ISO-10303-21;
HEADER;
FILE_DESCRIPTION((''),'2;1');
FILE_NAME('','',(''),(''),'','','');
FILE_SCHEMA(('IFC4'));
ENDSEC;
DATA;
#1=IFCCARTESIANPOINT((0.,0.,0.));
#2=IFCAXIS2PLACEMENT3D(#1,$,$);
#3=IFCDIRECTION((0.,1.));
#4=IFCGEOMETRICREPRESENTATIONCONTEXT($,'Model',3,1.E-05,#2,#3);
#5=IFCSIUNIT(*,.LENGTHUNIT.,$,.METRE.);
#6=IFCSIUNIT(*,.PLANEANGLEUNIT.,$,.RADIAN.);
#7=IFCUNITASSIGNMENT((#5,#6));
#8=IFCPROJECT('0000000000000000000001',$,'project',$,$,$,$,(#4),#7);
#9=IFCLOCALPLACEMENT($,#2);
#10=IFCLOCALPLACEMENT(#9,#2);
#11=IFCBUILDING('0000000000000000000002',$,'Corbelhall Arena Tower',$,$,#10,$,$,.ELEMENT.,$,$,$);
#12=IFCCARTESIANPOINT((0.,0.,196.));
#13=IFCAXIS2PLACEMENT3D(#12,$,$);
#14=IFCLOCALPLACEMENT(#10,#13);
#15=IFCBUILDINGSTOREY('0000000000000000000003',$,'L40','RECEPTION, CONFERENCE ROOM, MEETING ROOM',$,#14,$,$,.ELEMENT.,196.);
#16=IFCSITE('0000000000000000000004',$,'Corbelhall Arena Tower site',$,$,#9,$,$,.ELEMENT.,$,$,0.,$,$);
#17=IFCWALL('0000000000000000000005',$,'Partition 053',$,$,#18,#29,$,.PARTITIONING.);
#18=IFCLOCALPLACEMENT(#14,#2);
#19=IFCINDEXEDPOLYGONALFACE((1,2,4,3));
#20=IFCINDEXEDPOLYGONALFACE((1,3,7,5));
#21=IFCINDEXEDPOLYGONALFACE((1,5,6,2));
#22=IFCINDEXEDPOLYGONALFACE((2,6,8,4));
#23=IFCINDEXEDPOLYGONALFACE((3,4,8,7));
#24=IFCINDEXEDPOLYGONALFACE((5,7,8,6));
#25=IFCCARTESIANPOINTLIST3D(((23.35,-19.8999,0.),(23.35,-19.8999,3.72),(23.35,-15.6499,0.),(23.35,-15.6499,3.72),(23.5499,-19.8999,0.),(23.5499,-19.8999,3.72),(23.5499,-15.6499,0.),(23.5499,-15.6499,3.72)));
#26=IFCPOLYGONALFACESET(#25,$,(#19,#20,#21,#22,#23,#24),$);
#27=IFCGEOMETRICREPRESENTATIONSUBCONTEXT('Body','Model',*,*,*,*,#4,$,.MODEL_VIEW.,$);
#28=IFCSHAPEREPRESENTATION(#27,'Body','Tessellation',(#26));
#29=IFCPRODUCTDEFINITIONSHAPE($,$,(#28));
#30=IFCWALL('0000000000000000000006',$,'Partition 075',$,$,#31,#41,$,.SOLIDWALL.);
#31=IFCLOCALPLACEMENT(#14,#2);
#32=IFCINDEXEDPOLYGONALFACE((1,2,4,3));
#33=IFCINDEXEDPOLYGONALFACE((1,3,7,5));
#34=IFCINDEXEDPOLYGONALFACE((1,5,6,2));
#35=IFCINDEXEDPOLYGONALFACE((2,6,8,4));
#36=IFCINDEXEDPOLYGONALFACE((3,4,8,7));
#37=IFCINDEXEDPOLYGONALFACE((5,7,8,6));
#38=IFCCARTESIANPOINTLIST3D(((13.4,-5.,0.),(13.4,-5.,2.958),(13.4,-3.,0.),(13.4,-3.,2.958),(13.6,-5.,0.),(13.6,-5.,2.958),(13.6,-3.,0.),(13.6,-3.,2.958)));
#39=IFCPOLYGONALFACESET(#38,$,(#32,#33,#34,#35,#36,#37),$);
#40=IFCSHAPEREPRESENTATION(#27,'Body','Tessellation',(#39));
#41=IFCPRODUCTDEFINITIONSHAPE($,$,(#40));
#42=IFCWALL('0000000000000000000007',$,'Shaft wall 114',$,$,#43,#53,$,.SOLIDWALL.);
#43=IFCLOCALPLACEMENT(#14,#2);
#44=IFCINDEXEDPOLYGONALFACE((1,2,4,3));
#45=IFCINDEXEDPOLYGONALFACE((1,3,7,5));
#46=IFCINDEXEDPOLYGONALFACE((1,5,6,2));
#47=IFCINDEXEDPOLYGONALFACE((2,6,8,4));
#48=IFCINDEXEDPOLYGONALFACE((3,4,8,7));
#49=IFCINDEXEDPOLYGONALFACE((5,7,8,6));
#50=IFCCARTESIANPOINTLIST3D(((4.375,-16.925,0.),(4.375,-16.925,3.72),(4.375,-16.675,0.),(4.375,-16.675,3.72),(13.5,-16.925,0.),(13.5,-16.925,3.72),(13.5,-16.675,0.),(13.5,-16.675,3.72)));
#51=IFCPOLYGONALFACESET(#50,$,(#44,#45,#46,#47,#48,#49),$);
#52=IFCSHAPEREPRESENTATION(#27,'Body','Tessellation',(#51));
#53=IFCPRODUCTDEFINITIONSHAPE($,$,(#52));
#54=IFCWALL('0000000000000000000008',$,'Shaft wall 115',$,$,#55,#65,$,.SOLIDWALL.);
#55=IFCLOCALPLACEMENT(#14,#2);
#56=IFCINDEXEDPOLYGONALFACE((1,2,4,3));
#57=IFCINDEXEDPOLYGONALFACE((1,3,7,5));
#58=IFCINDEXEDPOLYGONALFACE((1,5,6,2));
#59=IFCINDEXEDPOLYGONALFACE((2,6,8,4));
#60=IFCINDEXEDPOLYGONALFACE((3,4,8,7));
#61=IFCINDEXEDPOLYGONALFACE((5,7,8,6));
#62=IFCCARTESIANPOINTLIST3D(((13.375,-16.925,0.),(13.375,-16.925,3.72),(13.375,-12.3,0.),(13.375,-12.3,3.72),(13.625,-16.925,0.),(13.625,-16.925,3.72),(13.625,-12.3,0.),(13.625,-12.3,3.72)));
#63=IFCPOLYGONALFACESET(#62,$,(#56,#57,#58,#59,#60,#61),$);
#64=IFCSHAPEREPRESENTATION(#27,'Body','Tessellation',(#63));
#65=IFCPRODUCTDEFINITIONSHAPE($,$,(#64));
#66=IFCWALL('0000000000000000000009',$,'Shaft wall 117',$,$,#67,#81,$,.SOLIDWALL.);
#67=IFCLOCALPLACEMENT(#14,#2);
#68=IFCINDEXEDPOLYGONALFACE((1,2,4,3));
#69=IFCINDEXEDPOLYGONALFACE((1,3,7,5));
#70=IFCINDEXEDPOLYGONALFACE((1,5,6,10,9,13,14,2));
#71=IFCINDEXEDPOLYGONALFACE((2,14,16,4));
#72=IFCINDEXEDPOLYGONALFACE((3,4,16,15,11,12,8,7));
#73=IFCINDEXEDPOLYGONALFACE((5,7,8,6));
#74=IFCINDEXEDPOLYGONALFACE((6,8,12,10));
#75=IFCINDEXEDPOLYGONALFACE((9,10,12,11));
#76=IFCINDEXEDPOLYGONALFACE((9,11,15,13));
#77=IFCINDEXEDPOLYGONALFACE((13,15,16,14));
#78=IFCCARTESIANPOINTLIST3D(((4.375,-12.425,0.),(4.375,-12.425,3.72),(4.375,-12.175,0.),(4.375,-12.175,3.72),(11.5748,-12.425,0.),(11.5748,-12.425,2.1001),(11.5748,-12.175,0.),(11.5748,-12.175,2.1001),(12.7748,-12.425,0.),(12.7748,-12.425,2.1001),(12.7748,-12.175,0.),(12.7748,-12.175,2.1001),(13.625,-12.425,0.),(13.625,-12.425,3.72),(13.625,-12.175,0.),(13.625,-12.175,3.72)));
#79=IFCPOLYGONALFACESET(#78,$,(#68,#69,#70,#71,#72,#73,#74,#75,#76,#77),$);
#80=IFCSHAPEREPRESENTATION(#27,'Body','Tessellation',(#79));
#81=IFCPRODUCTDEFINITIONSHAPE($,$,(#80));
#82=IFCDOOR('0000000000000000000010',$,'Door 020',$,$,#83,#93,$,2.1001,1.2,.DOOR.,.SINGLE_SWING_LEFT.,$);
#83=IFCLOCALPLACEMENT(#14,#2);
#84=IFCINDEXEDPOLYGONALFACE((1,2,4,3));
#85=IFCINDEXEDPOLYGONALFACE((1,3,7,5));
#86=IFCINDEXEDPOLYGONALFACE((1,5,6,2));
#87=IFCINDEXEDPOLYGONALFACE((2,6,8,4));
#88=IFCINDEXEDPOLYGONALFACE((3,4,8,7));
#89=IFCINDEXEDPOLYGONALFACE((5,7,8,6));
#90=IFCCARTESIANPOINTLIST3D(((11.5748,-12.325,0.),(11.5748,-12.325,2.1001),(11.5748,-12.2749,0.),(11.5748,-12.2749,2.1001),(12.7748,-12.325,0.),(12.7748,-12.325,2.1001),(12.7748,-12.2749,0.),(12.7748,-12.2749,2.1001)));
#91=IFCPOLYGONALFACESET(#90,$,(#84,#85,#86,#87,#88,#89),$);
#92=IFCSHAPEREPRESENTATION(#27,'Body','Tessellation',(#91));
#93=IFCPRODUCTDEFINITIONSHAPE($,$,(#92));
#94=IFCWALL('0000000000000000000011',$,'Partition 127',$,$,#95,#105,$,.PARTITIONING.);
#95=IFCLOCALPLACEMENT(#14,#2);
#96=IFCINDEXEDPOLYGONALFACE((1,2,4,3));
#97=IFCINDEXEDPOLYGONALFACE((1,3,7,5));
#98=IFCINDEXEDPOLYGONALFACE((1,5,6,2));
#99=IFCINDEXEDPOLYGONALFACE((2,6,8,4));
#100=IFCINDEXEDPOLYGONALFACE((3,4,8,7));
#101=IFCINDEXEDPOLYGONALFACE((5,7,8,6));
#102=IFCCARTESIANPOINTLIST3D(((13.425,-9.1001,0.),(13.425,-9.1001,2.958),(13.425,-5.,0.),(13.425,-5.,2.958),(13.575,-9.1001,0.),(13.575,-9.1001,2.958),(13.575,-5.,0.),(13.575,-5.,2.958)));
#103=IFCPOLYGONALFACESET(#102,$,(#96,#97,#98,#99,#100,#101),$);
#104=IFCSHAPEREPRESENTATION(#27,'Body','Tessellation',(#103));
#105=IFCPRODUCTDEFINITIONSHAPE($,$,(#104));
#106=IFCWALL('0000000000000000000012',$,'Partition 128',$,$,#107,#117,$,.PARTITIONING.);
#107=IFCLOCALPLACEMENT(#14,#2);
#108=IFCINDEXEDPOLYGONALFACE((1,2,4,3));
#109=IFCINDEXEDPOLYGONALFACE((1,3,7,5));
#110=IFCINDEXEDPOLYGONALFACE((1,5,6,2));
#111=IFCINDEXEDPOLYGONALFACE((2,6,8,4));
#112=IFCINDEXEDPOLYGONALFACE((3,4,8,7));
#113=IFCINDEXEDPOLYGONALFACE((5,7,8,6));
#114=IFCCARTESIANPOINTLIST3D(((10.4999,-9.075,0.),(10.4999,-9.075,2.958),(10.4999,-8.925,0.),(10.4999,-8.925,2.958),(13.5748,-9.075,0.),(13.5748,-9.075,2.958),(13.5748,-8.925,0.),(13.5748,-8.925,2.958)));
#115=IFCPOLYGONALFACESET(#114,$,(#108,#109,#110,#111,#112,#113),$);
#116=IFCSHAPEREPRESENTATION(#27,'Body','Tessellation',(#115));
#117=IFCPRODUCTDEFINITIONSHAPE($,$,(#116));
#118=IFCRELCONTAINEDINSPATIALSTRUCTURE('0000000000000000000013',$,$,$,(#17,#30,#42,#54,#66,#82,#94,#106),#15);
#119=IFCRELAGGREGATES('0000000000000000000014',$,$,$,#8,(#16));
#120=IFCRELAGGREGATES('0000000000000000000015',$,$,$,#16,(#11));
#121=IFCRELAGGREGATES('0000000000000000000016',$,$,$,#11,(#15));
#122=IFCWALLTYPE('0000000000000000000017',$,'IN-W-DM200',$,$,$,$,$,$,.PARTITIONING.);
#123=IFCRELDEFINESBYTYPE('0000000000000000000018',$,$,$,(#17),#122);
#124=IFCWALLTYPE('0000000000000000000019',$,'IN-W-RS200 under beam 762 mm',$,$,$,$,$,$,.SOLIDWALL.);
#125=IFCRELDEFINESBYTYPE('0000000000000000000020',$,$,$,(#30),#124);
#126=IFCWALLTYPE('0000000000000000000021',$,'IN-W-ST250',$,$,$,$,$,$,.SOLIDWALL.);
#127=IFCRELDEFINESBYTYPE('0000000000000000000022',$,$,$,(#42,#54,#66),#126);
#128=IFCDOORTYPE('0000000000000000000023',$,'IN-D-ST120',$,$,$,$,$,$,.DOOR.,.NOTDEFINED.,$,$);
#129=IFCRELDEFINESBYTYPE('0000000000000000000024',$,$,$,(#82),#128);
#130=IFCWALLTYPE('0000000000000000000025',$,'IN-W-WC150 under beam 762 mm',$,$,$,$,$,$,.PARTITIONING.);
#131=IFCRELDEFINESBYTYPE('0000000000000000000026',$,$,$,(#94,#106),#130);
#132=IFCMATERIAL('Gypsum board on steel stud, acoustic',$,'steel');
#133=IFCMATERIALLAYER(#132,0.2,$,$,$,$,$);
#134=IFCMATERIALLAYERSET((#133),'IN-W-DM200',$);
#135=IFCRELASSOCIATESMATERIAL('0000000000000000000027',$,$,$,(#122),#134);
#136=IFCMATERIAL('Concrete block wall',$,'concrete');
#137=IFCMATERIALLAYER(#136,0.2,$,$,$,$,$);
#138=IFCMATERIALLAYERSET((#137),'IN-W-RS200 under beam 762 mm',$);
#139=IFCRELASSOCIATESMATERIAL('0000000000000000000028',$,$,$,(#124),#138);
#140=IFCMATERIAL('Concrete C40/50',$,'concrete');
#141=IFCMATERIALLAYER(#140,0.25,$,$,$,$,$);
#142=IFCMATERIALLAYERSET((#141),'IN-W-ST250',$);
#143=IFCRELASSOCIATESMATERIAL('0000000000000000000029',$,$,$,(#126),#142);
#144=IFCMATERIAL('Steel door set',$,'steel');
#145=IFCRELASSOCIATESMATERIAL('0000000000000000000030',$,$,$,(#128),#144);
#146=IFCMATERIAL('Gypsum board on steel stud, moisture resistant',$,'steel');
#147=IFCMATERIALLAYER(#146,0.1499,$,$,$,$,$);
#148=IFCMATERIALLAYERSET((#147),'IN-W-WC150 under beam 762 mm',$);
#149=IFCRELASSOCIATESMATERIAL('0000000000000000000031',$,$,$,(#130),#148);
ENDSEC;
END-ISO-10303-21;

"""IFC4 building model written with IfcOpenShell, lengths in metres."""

from ifc_helpers import new_model, si_unit, direction, frame, frame_2d, origin, place, context, subcontext, project, spatial, rectangle, extrude, material, layer, layer_set, type_object, element, fill, save


model = new_model("IFC4")

# Units and contexts
model_context = context("Model", 3, precision=1e-05, world=origin(), true_north=direction((0.0, 1.0)))
body_context = subcontext(model_context, "Body", "Model", "MODEL_VIEW")
ifc_project = project(units=[si_unit("LENGTHUNIT", "METRE"), si_unit("PLANEANGLEUNIT", "RADIAN")], contexts=[model_context])

# Site, building, storey
site_placement = place(None, origin())
site = spatial("IfcSite", under=ifc_project, at=site_placement, Name="Corbelhall Arena Tower site", CompositionType="ELEMENT", RefElevation=0.0)
building_placement = place(site_placement, origin())
building = spatial("IfcBuilding", under=site, at=building_placement, Name="Corbelhall Arena Tower", CompositionType="ELEMENT")
storey_placement = place(building_placement, frame((0.0, 0.0, 196.0)))
storey = spatial("IfcBuildingStorey", under=building, at=storey_placement, Name="L40", Description="RECEPTION, CONFERENCE ROOM, MEETING ROOM", CompositionType="ELEMENT", Elevation=196.0)

# Shared definitions
ifc_material_1 = material(Name="Gypsum board on steel stud, acoustic", Category="steel")
ifc_layer_1 = layer(ifc_material_1, 0.2)
ifc_layer_set_1 = layer_set([ifc_layer_1], Name="IN-W-DM200")
wall_type_1 = type_object("IfcWallType", Name="IN-W-DM200", PredefinedType="PARTITIONING", material=ifc_layer_set_1)

# Shared definitions
ifc_material_2 = material(Name="Steel door set", Category="steel")

# Walls
wall_1_placement = place(storey_placement, frame((23.45, -15.6499, 0.0), z_axis=(0.0, 0.0, 1.0), x_axis=(0.0, -1.0, 0.0)))
element("IfcWall", 1, at=wall_1_placement, inside=storey, type_object=wall_type_1, Name="Partition 053", PredefinedType="PARTITIONING", context=body_context, shape_type="SweptSolid", body=[
    extrude(rectangle(XDim=4.25, YDim=0.2, at=frame_2d((2.125, 0.0))), origin(), (0.0, 0.0, 1.0), 3.72),
])
ifc_material_3 = material(Name="Concrete block wall", Category="concrete")
ifc_layer_2 = layer(ifc_material_3, 0.2)
ifc_layer_set_2 = layer_set([ifc_layer_2], Name="IN-W-RS200 under beam 762 mm")
wall_type_2 = type_object("IfcWallType", Name="IN-W-RS200 under beam 762 mm", PredefinedType="SOLIDWALL", material=ifc_layer_set_2)
wall_2_placement = place(storey_placement, frame((13.5, -3.0, 0.0), z_axis=(0.0, 0.0, 1.0), x_axis=(0.0, -1.0, 0.0)))
element("IfcWall", 2, at=wall_2_placement, inside=storey, type_object=wall_type_2, Name="Partition 075", PredefinedType="SOLIDWALL", context=body_context, shape_type="SweptSolid", body=[
    extrude(rectangle(XDim=2.0, YDim=0.2, at=frame_2d((1.0, 0.0))), origin(), (0.0, 0.0, 1.0), 2.958),
])
ifc_material_4 = material(Name="Concrete C40/50", Category="concrete")
ifc_layer_3 = layer(ifc_material_4, 0.25)
ifc_layer_set_3 = layer_set([ifc_layer_3], Name="IN-W-ST250")
wall_type_3 = type_object("IfcWallType", Name="IN-W-ST250", PredefinedType="SOLIDWALL", material=ifc_layer_set_3)
wall_3_placement = place(storey_placement, frame((13.5, -16.8, 0.0), z_axis=(0.0, 0.0, 1.0), x_axis=(-1.0, 0.0, 0.0)))
element("IfcWall", 3, at=wall_3_placement, inside=storey, type_object=wall_type_3, Name="Shaft wall 114", PredefinedType="SOLIDWALL", context=body_context, shape_type="SweptSolid", body=[
    extrude(rectangle(XDim=9.125, YDim=0.25, at=frame_2d((4.5625, 0.0))), origin(), (0.0, 0.0, 1.0), 3.72),
])
wall_4_placement = place(storey_placement, frame((13.5, -12.3, 0.0), z_axis=(0.0, 0.0, 1.0), x_axis=(0.0, -1.0, 0.0)))
element("IfcWall", 4, at=wall_4_placement, inside=storey, type_object=wall_type_3, Name="Shaft wall 115", PredefinedType="SOLIDWALL", context=body_context, shape_type="SweptSolid", body=[
    extrude(rectangle(XDim=4.625, YDim=0.25, at=frame_2d((2.3125, 0.0))), origin(), (0.0, 0.0, 1.0), 3.72),
])

# Wall, opening, door
wall_5_placement = place(storey_placement, frame((13.625, -12.3, 0.0), z_axis=(0.0, 0.0, 1.0), x_axis=(-1.0, 0.0, 0.0)))
wall_5 = element("IfcWall", 5, at=wall_5_placement, inside=storey, type_object=wall_type_3, Name="Shaft wall 117", PredefinedType="SOLIDWALL", context=body_context, shape_type="SweptSolid", body=[
    extrude(rectangle(XDim=9.25, YDim=0.25, at=frame_2d((4.625, 0.0))), origin(), (0.0, 0.0, 1.0), 3.72),
])
opening_1_placement = place(wall_5_placement, frame((0.8501, 0.0, 0.0)))
opening_1 = element("IfcOpeningElement", 6, at=opening_1_placement, cuts=wall_5, PredefinedType="OPENING", context=body_context, shape_type="SweptSolid", body=[
    extrude(rectangle(XDim=1.2, YDim=2.1001, at=frame_2d((0.6001, 1.05))), frame((0.0, 0.125, 0.0), z_axis=(0.0, -1.0, 0.0), x_axis=(1.0, 0.0, 0.0)), (0.0, 0.0, 1.0), 0.25),
])
door_type_1 = type_object("IfcDoorType", Name="IN-D-ST120", OperationType="NOTDEFINED", PredefinedType="DOOR", material=ifc_material_2)
door_1_placement = place(opening_1_placement, origin())
door_1 = element("IfcDoor", 7, at=door_1_placement, inside=storey, type_object=door_type_1, Name="Door 020", OperationType="SINGLE_SWING_LEFT", OverallHeight=2.1001, OverallWidth=1.2, PredefinedType="DOOR", context=body_context, shape_type="SweptSolid", body=[
    extrude(rectangle(XDim=1.2, YDim=2.1001, at=frame_2d((0.6001, 1.05))), frame((0.0, 0.0249, 0.0), z_axis=(0.0, -1.0, 0.0), x_axis=(1.0, 0.0, 0.0)), (0.0, 0.0, 1.0), 0.05),
])
fill(opening_1, door_1)

# Walls
ifc_material_5 = material(Name="Gypsum board on steel stud, moisture resistant", Category="steel")
ifc_layer_4 = layer(ifc_material_5, 0.1499)
ifc_layer_set_4 = layer_set([ifc_layer_4], Name="IN-W-WC150 under beam 762 mm")
wall_type_4 = type_object("IfcWallType", Name="IN-W-WC150 under beam 762 mm", PredefinedType="PARTITIONING", material=ifc_layer_set_4)
wall_6_placement = place(storey_placement, frame((13.5, -5.0, 0.0), z_axis=(0.0, 0.0, 1.0), x_axis=(0.0, -1.0, 0.0)))
element("IfcWall", 8, at=wall_6_placement, inside=storey, type_object=wall_type_4, Name="Partition 127", PredefinedType="PARTITIONING", context=body_context, shape_type="SweptSolid", body=[
    extrude(rectangle(XDim=4.1001, YDim=0.1499, at=frame_2d((2.05, 0.0))), origin(), (0.0, 0.0, 1.0), 2.958),
])
wall_7_placement = place(storey_placement, frame((13.575, -9.0, 0.0), z_axis=(0.0, 0.0, 1.0), x_axis=(-1.0, 0.0, 0.0)))
element("IfcWall", 9, at=wall_7_placement, inside=storey, type_object=wall_type_4, Name="Partition 128", PredefinedType="PARTITIONING", context=body_context, shape_type="SweptSolid", body=[
    extrude(rectangle(XDim=3.075, YDim=0.1499, at=frame_2d((1.5376, 0.0))), origin(), (0.0, 0.0, 1.0), 2.958),
])

save(model, "model.ifc")
